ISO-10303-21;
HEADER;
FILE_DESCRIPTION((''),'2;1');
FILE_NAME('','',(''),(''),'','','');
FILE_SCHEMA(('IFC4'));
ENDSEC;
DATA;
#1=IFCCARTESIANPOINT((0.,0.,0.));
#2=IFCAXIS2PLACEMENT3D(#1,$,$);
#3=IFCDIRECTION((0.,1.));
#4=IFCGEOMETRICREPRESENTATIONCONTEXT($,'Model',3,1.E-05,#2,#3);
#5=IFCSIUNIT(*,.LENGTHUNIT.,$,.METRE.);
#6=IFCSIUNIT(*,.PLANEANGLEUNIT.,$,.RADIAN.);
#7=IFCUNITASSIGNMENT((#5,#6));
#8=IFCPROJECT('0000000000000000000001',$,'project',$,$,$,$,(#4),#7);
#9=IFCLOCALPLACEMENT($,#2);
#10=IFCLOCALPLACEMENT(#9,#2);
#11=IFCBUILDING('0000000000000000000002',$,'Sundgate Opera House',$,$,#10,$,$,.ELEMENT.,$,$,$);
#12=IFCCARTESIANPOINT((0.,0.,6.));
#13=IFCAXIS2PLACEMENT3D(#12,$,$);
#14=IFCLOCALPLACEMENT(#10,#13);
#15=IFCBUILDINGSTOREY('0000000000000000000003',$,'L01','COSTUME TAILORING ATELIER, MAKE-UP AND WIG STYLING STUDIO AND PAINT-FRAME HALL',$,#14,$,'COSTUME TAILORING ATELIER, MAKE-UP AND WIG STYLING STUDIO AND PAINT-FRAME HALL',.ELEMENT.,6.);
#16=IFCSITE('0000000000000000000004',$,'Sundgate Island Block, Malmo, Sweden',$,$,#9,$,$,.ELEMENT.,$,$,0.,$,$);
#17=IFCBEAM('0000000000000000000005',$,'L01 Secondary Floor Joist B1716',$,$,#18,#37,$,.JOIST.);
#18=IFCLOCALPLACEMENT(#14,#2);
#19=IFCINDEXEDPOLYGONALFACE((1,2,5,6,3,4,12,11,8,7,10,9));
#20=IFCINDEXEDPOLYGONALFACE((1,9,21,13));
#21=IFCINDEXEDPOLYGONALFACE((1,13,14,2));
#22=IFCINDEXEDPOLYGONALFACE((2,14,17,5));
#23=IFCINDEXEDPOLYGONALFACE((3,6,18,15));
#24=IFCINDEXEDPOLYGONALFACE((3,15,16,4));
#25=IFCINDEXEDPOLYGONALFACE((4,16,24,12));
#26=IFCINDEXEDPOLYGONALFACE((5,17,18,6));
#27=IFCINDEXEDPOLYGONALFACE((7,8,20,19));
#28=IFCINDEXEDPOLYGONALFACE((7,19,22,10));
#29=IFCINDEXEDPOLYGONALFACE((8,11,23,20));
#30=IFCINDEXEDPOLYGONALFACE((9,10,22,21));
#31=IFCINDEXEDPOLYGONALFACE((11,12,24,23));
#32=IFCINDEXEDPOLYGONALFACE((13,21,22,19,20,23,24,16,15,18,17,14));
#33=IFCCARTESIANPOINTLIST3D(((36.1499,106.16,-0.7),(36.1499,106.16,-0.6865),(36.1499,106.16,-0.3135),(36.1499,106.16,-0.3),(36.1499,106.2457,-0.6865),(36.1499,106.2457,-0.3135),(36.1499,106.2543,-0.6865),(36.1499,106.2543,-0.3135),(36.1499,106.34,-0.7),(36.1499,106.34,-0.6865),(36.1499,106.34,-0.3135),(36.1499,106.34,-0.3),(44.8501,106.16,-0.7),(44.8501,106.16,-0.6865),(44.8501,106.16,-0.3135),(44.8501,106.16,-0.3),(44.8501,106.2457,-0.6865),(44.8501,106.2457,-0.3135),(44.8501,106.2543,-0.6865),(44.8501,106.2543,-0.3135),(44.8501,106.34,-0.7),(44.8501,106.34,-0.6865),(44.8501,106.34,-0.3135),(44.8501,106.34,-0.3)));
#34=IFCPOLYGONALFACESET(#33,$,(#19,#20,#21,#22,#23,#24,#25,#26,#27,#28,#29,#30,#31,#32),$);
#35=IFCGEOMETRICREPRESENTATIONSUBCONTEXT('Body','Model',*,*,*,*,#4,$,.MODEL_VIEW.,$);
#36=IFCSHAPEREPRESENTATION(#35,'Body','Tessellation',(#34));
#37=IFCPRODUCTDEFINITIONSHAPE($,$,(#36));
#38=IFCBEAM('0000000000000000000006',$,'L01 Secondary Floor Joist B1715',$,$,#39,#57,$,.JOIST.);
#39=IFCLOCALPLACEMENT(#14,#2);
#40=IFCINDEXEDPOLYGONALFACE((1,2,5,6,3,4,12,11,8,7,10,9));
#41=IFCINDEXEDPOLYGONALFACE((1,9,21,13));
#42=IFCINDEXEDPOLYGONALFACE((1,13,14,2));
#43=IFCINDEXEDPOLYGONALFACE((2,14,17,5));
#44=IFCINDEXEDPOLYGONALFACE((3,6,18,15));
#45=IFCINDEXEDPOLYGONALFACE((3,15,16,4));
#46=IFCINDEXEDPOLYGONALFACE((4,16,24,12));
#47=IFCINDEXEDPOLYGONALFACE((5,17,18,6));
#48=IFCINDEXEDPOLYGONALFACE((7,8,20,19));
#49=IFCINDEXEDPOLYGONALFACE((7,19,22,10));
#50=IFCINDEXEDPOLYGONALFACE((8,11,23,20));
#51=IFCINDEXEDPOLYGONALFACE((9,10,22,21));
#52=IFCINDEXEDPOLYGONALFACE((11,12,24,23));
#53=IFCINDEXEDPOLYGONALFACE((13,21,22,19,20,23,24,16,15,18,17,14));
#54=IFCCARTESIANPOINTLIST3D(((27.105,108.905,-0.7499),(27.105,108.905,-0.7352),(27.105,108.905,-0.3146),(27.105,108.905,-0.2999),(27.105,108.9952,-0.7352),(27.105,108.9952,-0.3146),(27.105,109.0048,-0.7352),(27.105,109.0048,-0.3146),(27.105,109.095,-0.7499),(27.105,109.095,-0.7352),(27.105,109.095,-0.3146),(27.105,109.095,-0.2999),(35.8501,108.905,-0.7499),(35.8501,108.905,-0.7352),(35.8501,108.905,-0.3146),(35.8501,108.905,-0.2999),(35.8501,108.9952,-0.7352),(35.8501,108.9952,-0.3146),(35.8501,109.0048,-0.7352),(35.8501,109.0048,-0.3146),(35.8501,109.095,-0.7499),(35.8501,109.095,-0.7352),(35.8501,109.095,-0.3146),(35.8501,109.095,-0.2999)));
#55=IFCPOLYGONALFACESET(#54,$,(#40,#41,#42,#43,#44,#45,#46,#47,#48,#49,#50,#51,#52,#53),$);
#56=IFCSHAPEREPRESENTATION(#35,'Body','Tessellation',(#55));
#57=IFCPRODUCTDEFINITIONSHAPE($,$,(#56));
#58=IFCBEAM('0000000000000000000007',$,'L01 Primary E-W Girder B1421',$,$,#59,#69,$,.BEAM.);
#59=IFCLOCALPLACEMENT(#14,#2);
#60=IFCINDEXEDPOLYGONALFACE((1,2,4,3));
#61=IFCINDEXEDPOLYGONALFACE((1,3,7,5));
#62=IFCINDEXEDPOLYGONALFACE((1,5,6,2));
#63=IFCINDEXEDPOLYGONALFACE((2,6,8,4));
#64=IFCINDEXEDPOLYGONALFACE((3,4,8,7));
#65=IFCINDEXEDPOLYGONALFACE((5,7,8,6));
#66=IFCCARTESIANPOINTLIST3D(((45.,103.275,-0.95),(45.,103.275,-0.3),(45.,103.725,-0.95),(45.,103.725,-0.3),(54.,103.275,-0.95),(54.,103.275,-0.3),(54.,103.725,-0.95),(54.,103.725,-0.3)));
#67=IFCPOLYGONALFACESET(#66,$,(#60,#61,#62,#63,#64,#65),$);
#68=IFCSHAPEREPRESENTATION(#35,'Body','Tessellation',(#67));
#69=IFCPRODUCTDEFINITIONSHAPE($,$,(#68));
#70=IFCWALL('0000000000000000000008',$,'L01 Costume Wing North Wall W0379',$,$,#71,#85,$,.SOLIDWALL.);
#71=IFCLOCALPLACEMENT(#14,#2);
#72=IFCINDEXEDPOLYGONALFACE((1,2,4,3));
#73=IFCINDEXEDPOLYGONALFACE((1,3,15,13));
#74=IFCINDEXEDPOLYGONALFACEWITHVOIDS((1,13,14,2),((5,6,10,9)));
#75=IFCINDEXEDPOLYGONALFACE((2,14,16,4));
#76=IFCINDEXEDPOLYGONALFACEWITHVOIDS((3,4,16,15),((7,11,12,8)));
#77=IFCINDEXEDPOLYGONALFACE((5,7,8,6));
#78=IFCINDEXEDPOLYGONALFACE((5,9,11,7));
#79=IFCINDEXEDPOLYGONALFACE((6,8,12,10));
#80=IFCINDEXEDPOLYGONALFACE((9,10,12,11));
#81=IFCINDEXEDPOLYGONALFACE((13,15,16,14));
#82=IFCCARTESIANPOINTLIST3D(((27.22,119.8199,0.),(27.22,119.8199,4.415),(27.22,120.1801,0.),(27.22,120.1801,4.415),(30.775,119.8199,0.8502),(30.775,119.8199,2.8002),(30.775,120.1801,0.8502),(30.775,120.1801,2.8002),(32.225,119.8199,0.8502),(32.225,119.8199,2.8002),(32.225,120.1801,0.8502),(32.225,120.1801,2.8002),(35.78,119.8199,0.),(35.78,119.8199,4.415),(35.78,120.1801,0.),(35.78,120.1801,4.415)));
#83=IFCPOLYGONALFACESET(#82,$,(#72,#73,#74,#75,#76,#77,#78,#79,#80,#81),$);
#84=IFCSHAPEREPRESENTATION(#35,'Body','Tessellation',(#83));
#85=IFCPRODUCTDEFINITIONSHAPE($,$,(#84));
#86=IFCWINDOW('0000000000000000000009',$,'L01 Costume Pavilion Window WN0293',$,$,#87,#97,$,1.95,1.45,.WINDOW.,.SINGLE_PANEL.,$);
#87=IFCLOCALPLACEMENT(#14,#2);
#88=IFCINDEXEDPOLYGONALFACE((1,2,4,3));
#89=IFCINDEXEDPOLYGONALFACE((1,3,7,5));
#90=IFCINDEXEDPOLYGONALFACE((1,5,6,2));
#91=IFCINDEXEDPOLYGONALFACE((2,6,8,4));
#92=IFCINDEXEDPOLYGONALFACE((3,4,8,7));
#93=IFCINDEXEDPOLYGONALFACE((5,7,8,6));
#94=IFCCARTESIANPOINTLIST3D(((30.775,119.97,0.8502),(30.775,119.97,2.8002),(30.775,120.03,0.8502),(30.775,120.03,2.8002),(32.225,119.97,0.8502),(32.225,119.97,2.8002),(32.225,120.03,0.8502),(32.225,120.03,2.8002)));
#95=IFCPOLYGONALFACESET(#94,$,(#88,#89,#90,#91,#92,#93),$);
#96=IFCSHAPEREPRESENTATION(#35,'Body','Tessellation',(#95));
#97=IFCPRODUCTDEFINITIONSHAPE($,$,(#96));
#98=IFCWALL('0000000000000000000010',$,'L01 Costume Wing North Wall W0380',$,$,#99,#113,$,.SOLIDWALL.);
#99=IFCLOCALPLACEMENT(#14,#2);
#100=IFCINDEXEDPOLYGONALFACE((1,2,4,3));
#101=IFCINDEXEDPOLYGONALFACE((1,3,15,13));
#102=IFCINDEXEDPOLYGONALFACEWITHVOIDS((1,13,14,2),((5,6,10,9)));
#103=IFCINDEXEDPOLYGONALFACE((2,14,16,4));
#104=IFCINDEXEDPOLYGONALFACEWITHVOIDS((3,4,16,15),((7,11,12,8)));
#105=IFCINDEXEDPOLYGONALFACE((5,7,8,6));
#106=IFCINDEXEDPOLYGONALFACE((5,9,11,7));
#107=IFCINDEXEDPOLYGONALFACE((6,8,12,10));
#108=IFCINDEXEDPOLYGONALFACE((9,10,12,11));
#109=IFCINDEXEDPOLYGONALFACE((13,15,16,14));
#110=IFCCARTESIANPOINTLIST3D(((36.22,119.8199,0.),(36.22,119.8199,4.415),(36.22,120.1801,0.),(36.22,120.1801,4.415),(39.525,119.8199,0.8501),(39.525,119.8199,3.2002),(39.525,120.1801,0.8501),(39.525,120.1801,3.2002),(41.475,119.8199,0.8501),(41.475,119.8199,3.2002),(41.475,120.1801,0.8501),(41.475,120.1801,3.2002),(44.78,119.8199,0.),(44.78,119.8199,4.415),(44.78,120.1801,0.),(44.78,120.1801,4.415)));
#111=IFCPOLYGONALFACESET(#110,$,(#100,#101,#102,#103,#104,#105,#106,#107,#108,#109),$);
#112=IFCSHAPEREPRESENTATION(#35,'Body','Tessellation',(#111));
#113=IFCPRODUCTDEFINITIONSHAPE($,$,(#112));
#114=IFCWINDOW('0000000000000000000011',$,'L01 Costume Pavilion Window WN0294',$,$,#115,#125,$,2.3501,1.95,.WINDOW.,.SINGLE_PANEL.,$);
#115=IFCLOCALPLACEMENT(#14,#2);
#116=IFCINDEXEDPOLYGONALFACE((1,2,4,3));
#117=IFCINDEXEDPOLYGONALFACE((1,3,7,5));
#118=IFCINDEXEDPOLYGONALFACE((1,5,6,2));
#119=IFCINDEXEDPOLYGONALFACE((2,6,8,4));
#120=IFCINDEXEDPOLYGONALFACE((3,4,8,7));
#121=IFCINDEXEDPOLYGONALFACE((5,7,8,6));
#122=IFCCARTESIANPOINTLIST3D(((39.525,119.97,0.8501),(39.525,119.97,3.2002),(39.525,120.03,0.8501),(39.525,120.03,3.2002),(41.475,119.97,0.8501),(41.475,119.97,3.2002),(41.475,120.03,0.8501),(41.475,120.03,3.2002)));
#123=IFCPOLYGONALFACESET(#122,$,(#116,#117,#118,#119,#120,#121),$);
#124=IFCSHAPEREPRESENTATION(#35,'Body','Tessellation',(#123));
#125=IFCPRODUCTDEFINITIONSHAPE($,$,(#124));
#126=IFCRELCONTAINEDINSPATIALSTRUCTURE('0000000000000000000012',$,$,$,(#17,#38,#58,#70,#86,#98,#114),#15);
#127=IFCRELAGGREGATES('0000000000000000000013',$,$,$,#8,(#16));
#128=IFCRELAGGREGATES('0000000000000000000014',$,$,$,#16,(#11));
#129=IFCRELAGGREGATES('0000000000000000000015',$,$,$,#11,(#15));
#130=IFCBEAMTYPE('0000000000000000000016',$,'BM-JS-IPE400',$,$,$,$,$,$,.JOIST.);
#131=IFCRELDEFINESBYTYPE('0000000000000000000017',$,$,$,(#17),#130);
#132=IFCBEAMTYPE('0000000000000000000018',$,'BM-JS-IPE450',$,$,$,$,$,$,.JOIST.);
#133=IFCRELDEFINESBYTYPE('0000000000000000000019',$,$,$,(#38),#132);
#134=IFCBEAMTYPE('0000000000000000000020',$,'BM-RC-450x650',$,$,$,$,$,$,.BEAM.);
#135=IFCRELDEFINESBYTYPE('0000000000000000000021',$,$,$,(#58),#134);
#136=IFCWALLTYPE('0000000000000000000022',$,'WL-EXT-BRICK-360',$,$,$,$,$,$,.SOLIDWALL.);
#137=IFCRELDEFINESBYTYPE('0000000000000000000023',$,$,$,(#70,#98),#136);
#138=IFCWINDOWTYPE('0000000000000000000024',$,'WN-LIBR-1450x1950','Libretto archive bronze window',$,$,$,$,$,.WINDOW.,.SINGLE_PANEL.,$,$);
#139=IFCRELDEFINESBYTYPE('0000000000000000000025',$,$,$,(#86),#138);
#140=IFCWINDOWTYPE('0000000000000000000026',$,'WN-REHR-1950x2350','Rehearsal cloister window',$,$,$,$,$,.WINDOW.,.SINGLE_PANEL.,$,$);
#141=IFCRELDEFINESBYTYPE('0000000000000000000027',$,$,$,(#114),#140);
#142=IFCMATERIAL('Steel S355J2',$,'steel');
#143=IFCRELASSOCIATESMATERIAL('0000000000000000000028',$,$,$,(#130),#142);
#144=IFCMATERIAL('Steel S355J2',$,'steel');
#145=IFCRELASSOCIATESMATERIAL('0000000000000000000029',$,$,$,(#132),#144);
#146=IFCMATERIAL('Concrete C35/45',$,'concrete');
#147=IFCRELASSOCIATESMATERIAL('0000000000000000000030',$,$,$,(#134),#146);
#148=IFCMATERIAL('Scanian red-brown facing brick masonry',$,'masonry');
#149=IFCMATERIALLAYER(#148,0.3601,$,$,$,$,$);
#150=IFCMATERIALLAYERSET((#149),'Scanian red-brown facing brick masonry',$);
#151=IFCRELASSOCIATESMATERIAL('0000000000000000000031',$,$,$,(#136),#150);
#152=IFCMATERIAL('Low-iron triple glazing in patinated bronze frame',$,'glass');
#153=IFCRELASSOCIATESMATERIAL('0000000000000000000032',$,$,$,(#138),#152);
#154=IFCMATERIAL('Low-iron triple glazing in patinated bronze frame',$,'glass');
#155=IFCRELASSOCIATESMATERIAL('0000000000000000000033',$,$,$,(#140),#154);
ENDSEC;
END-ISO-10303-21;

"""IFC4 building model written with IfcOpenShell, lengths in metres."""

from ifc_helpers import new_model, si_unit, direction, frame, frame_2d, origin, origin_2d, place, context, subcontext, project, spatial, rectangle, i_section, extrude, material, layer, layer_set, material_profile, profile_set, type_object, element, fill, save


model = new_model("IFC4")

# Units and contexts
model_context = context("Model", 3, precision=1e-05, world=origin(), true_north=direction((0.0, 1.0)))
body_context = subcontext(model_context, "Body", "Model", "MODEL_VIEW")
ifc_project = project(units=[si_unit("LENGTHUNIT", "METRE"), si_unit("PLANEANGLEUNIT", "RADIAN")], contexts=[model_context])

# Site, building, storey
site_placement = place(None, origin())
site = spatial("IfcSite", under=ifc_project, at=site_placement, Name="Sundgate Island Block, Malmo, Sweden", CompositionType="ELEMENT", RefElevation=0.0)
building_placement = place(site_placement, origin())
building = spatial("IfcBuilding", under=site, at=building_placement, Name="Sundgate Opera House", CompositionType="ELEMENT")
storey_placement = place(building_placement, frame((0.0, 0.0, 6.0)))
storey = spatial("IfcBuildingStorey", under=building, at=storey_placement, Name="L01", Description="COSTUME TAILORING ATELIER, MAKE-UP AND WIG STYLING STUDIO AND PAINT-FRAME HALL", LongName="COSTUME TAILORING ATELIER, MAKE-UP AND WIG STYLING STUDIO AND PAINT-FRAME HALL", CompositionType="ELEMENT", Elevation=6.0)

# Beams
ifc_material_1 = material(Name="Steel S355J2", Category="steel")
ifc_material_profile_1 = material_profile(ifc_material_1, i_section(OverallWidth=0.1799, OverallDepth=0.3999, WebThickness=0.0085, FlangeThickness=0.0134, at=origin_2d()), Name="IPE 400")
ifc_profile_set_1 = profile_set([ifc_material_profile_1], Name="Steel S355J2")
beam_type_1 = type_object("IfcBeamType", Name="BM-JS-IPE400", PredefinedType="JOIST", material=ifc_profile_set_1)
beam_1_placement = place(storey_placement, frame((36.1499, 106.25, -0.5), z_axis=(1.0, 0.0, 0.0), x_axis=(0.0, 1.0, 0.0)))
element("IfcBeam", 1, at=beam_1_placement, inside=storey, type_object=beam_type_1, Name="L01 Secondary Floor Joist B1716", PredefinedType="JOIST", context=body_context, shape_type="SweptSolid", body=[
    extrude(i_section(OverallWidth=0.1799, OverallDepth=0.3999, WebThickness=0.0085, FlangeThickness=0.0134, at=origin_2d()), origin(), (0.0, 0.0, 1.0), 8.7002),
])
ifc_material_2 = material(Name="Steel S355J2", Category="steel")
ifc_material_profile_2 = material_profile(ifc_material_2, i_section(OverallWidth=0.1899, OverallDepth=0.45, WebThickness=0.0095, FlangeThickness=0.0146, at=origin_2d()), Name="IPE 450")
ifc_profile_set_2 = profile_set([ifc_material_profile_2], Name="Steel S355J2")
beam_type_2 = type_object("IfcBeamType", Name="BM-JS-IPE450", PredefinedType="JOIST", material=ifc_profile_set_2)
beam_2_placement = place(storey_placement, frame((27.105, 109.0, -0.5249), z_axis=(1.0, 0.0, 0.0), x_axis=(0.0, 1.0, 0.0)))
element("IfcBeam", 2, at=beam_2_placement, inside=storey, type_object=beam_type_2, Name="L01 Secondary Floor Joist B1715", PredefinedType="JOIST", context=body_context, shape_type="SweptSolid", body=[
    extrude(i_section(OverallWidth=0.1899, OverallDepth=0.45, WebThickness=0.0095, FlangeThickness=0.0146, at=origin_2d()), origin(), (0.0, 0.0, 1.0), 8.7451),
])
ifc_material_3 = material(Name="Concrete C35/45", Category="concrete")
ifc_material_profile_3 = material_profile(ifc_material_3, rectangle(XDim=0.45, YDim=0.6499, at=origin_2d()), Name="RC 450x650")
ifc_profile_set_3 = profile_set([ifc_material_profile_3], Name="Concrete C35/45")
beam_type_3 = type_object("IfcBeamType", Name="BM-RC-450x650", PredefinedType="BEAM", material=ifc_profile_set_3)
beam_3_placement = place(storey_placement, frame((45.0, 103.5, -0.625), z_axis=(1.0, 0.0, 0.0), x_axis=(0.0, 1.0, 0.0)))
element("IfcBeam", 3, at=beam_3_placement, inside=storey, type_object=beam_type_3, Name="L01 Primary E-W Girder B1421", PredefinedType="BEAM", context=body_context, shape_type="SweptSolid", body=[
    extrude(rectangle(XDim=0.45, YDim=0.6499, at=origin_2d()), origin(), (0.0, 0.0, 1.0), 9.0),
])

# Walls, openings, windows
ifc_material_4 = material(Name="Scanian red-brown facing brick masonry", Category="masonry")
ifc_layer = layer(ifc_material_4, 0.3601)
ifc_layer_set = layer_set([ifc_layer], Name="Scanian red-brown facing brick masonry")
wall_type = type_object("IfcWallType", Name="WL-EXT-BRICK-360", PredefinedType="SOLIDWALL", material=ifc_layer_set)
wall_1_placement = place(storey_placement, frame((27.22, 120.0, 0.0), z_axis=(0.0, 0.0, 1.0), x_axis=(1.0, 0.0, 0.0)))
wall_1 = element("IfcWall", 4, at=wall_1_placement, inside=storey, type_object=wall_type, Name="L01 Costume Wing North Wall W0379", PredefinedType="SOLIDWALL", context=body_context, shape_type="SweptSolid", body=[
    extrude(rectangle(XDim=8.5601, YDim=0.3601, at=frame_2d((4.28, 0.0))), origin(), (0.0, 0.0, 1.0), 4.415),
])
opening_1_placement = place(wall_1_placement, frame((3.5549, 0.0, 0.8501)))
opening_1 = element("IfcOpeningElement", 5, at=opening_1_placement, cuts=wall_1, PredefinedType="OPENING", context=body_context, shape_type="SweptSolid", body=[
    extrude(rectangle(XDim=1.45, YDim=1.95, at=frame_2d((0.7251, 0.9751))), frame((0.0, 0.1899, 0.0), z_axis=(0.0, -1.0, 0.0), x_axis=(1.0, 0.0, 0.0)), (0.0, 0.0, 1.0), 0.3801),
])
ifc_material_5 = material(Name="Low-iron triple glazing in patinated bronze frame", Category="glass")
window_type_1 = type_object("IfcWindowType", Name="WN-LIBR-1450x1950", Description="Libretto archive bronze window", PartitioningType="SINGLE_PANEL", PredefinedType="WINDOW", material=ifc_material_5)
window_1_placement = place(opening_1_placement, origin())
window_1 = element("IfcWindow", 6, at=window_1_placement, inside=storey, type_object=window_type_1, Name="L01 Costume Pavilion Window WN0293", OverallHeight=1.95, OverallWidth=1.45, PartitioningType="SINGLE_PANEL", PredefinedType="WINDOW", context=body_context, shape_type="SweptSolid", body=[
    extrude(rectangle(XDim=1.45, YDim=1.95, at=frame_2d((0.7251, 0.9751))), frame((0.0, 0.03, 0.0), z_axis=(0.0, -1.0, 0.0), x_axis=(1.0, 0.0, 0.0)), (0.0, 0.0, 1.0), 0.0601),
])
fill(opening_1, window_1)
wall_2_placement = place(storey_placement, frame((36.22, 120.0, 0.0), z_axis=(0.0, 0.0, 1.0), x_axis=(1.0, 0.0, 0.0)))
wall_2 = element("IfcWall", 7, at=wall_2_placement, inside=storey, type_object=wall_type, Name="L01 Costume Wing North Wall W0380", PredefinedType="SOLIDWALL", context=body_context, shape_type="SweptSolid", body=[
    extrude(rectangle(XDim=8.5601, YDim=0.3601, at=frame_2d((4.28, 0.0))), origin(), (0.0, 0.0, 1.0), 4.415),
])
opening_2_placement = place(wall_2_placement, frame((3.3049, 0.0, 0.8501)))
opening_2 = element("IfcOpeningElement", 8, at=opening_2_placement, cuts=wall_2, PredefinedType="OPENING", context=body_context, shape_type="SweptSolid", body=[
    extrude(rectangle(XDim=1.95, YDim=2.3501, at=frame_2d((0.9751, 1.175))), frame((0.0, 0.1899, 0.0), z_axis=(0.0, -1.0, 0.0), x_axis=(1.0, 0.0, 0.0)), (0.0, 0.0, 1.0), 0.3801),
])
ifc_material_6 = material(Name="Low-iron triple glazing in patinated bronze frame", Category="glass")
window_type_2 = type_object("IfcWindowType", Name="WN-REHR-1950x2350", Description="Rehearsal cloister window", PartitioningType="SINGLE_PANEL", PredefinedType="WINDOW", material=ifc_material_6)
window_2_placement = place(opening_2_placement, origin())
window_2 = element("IfcWindow", 9, at=window_2_placement, inside=storey, type_object=window_type_2, Name="L01 Costume Pavilion Window WN0294", OverallHeight=2.3501, OverallWidth=1.95, PartitioningType="SINGLE_PANEL", PredefinedType="WINDOW", context=body_context, shape_type="SweptSolid", body=[
    extrude(rectangle(XDim=1.95, YDim=2.3501, at=frame_2d((0.9751, 1.175))), frame((0.0, 0.03, 0.0), z_axis=(0.0, -1.0, 0.0), x_axis=(1.0, 0.0, 0.0)), (0.0, 0.0, 1.0), 0.0601),
])
fill(opening_2, window_2)

save(model, "model.ifc")
